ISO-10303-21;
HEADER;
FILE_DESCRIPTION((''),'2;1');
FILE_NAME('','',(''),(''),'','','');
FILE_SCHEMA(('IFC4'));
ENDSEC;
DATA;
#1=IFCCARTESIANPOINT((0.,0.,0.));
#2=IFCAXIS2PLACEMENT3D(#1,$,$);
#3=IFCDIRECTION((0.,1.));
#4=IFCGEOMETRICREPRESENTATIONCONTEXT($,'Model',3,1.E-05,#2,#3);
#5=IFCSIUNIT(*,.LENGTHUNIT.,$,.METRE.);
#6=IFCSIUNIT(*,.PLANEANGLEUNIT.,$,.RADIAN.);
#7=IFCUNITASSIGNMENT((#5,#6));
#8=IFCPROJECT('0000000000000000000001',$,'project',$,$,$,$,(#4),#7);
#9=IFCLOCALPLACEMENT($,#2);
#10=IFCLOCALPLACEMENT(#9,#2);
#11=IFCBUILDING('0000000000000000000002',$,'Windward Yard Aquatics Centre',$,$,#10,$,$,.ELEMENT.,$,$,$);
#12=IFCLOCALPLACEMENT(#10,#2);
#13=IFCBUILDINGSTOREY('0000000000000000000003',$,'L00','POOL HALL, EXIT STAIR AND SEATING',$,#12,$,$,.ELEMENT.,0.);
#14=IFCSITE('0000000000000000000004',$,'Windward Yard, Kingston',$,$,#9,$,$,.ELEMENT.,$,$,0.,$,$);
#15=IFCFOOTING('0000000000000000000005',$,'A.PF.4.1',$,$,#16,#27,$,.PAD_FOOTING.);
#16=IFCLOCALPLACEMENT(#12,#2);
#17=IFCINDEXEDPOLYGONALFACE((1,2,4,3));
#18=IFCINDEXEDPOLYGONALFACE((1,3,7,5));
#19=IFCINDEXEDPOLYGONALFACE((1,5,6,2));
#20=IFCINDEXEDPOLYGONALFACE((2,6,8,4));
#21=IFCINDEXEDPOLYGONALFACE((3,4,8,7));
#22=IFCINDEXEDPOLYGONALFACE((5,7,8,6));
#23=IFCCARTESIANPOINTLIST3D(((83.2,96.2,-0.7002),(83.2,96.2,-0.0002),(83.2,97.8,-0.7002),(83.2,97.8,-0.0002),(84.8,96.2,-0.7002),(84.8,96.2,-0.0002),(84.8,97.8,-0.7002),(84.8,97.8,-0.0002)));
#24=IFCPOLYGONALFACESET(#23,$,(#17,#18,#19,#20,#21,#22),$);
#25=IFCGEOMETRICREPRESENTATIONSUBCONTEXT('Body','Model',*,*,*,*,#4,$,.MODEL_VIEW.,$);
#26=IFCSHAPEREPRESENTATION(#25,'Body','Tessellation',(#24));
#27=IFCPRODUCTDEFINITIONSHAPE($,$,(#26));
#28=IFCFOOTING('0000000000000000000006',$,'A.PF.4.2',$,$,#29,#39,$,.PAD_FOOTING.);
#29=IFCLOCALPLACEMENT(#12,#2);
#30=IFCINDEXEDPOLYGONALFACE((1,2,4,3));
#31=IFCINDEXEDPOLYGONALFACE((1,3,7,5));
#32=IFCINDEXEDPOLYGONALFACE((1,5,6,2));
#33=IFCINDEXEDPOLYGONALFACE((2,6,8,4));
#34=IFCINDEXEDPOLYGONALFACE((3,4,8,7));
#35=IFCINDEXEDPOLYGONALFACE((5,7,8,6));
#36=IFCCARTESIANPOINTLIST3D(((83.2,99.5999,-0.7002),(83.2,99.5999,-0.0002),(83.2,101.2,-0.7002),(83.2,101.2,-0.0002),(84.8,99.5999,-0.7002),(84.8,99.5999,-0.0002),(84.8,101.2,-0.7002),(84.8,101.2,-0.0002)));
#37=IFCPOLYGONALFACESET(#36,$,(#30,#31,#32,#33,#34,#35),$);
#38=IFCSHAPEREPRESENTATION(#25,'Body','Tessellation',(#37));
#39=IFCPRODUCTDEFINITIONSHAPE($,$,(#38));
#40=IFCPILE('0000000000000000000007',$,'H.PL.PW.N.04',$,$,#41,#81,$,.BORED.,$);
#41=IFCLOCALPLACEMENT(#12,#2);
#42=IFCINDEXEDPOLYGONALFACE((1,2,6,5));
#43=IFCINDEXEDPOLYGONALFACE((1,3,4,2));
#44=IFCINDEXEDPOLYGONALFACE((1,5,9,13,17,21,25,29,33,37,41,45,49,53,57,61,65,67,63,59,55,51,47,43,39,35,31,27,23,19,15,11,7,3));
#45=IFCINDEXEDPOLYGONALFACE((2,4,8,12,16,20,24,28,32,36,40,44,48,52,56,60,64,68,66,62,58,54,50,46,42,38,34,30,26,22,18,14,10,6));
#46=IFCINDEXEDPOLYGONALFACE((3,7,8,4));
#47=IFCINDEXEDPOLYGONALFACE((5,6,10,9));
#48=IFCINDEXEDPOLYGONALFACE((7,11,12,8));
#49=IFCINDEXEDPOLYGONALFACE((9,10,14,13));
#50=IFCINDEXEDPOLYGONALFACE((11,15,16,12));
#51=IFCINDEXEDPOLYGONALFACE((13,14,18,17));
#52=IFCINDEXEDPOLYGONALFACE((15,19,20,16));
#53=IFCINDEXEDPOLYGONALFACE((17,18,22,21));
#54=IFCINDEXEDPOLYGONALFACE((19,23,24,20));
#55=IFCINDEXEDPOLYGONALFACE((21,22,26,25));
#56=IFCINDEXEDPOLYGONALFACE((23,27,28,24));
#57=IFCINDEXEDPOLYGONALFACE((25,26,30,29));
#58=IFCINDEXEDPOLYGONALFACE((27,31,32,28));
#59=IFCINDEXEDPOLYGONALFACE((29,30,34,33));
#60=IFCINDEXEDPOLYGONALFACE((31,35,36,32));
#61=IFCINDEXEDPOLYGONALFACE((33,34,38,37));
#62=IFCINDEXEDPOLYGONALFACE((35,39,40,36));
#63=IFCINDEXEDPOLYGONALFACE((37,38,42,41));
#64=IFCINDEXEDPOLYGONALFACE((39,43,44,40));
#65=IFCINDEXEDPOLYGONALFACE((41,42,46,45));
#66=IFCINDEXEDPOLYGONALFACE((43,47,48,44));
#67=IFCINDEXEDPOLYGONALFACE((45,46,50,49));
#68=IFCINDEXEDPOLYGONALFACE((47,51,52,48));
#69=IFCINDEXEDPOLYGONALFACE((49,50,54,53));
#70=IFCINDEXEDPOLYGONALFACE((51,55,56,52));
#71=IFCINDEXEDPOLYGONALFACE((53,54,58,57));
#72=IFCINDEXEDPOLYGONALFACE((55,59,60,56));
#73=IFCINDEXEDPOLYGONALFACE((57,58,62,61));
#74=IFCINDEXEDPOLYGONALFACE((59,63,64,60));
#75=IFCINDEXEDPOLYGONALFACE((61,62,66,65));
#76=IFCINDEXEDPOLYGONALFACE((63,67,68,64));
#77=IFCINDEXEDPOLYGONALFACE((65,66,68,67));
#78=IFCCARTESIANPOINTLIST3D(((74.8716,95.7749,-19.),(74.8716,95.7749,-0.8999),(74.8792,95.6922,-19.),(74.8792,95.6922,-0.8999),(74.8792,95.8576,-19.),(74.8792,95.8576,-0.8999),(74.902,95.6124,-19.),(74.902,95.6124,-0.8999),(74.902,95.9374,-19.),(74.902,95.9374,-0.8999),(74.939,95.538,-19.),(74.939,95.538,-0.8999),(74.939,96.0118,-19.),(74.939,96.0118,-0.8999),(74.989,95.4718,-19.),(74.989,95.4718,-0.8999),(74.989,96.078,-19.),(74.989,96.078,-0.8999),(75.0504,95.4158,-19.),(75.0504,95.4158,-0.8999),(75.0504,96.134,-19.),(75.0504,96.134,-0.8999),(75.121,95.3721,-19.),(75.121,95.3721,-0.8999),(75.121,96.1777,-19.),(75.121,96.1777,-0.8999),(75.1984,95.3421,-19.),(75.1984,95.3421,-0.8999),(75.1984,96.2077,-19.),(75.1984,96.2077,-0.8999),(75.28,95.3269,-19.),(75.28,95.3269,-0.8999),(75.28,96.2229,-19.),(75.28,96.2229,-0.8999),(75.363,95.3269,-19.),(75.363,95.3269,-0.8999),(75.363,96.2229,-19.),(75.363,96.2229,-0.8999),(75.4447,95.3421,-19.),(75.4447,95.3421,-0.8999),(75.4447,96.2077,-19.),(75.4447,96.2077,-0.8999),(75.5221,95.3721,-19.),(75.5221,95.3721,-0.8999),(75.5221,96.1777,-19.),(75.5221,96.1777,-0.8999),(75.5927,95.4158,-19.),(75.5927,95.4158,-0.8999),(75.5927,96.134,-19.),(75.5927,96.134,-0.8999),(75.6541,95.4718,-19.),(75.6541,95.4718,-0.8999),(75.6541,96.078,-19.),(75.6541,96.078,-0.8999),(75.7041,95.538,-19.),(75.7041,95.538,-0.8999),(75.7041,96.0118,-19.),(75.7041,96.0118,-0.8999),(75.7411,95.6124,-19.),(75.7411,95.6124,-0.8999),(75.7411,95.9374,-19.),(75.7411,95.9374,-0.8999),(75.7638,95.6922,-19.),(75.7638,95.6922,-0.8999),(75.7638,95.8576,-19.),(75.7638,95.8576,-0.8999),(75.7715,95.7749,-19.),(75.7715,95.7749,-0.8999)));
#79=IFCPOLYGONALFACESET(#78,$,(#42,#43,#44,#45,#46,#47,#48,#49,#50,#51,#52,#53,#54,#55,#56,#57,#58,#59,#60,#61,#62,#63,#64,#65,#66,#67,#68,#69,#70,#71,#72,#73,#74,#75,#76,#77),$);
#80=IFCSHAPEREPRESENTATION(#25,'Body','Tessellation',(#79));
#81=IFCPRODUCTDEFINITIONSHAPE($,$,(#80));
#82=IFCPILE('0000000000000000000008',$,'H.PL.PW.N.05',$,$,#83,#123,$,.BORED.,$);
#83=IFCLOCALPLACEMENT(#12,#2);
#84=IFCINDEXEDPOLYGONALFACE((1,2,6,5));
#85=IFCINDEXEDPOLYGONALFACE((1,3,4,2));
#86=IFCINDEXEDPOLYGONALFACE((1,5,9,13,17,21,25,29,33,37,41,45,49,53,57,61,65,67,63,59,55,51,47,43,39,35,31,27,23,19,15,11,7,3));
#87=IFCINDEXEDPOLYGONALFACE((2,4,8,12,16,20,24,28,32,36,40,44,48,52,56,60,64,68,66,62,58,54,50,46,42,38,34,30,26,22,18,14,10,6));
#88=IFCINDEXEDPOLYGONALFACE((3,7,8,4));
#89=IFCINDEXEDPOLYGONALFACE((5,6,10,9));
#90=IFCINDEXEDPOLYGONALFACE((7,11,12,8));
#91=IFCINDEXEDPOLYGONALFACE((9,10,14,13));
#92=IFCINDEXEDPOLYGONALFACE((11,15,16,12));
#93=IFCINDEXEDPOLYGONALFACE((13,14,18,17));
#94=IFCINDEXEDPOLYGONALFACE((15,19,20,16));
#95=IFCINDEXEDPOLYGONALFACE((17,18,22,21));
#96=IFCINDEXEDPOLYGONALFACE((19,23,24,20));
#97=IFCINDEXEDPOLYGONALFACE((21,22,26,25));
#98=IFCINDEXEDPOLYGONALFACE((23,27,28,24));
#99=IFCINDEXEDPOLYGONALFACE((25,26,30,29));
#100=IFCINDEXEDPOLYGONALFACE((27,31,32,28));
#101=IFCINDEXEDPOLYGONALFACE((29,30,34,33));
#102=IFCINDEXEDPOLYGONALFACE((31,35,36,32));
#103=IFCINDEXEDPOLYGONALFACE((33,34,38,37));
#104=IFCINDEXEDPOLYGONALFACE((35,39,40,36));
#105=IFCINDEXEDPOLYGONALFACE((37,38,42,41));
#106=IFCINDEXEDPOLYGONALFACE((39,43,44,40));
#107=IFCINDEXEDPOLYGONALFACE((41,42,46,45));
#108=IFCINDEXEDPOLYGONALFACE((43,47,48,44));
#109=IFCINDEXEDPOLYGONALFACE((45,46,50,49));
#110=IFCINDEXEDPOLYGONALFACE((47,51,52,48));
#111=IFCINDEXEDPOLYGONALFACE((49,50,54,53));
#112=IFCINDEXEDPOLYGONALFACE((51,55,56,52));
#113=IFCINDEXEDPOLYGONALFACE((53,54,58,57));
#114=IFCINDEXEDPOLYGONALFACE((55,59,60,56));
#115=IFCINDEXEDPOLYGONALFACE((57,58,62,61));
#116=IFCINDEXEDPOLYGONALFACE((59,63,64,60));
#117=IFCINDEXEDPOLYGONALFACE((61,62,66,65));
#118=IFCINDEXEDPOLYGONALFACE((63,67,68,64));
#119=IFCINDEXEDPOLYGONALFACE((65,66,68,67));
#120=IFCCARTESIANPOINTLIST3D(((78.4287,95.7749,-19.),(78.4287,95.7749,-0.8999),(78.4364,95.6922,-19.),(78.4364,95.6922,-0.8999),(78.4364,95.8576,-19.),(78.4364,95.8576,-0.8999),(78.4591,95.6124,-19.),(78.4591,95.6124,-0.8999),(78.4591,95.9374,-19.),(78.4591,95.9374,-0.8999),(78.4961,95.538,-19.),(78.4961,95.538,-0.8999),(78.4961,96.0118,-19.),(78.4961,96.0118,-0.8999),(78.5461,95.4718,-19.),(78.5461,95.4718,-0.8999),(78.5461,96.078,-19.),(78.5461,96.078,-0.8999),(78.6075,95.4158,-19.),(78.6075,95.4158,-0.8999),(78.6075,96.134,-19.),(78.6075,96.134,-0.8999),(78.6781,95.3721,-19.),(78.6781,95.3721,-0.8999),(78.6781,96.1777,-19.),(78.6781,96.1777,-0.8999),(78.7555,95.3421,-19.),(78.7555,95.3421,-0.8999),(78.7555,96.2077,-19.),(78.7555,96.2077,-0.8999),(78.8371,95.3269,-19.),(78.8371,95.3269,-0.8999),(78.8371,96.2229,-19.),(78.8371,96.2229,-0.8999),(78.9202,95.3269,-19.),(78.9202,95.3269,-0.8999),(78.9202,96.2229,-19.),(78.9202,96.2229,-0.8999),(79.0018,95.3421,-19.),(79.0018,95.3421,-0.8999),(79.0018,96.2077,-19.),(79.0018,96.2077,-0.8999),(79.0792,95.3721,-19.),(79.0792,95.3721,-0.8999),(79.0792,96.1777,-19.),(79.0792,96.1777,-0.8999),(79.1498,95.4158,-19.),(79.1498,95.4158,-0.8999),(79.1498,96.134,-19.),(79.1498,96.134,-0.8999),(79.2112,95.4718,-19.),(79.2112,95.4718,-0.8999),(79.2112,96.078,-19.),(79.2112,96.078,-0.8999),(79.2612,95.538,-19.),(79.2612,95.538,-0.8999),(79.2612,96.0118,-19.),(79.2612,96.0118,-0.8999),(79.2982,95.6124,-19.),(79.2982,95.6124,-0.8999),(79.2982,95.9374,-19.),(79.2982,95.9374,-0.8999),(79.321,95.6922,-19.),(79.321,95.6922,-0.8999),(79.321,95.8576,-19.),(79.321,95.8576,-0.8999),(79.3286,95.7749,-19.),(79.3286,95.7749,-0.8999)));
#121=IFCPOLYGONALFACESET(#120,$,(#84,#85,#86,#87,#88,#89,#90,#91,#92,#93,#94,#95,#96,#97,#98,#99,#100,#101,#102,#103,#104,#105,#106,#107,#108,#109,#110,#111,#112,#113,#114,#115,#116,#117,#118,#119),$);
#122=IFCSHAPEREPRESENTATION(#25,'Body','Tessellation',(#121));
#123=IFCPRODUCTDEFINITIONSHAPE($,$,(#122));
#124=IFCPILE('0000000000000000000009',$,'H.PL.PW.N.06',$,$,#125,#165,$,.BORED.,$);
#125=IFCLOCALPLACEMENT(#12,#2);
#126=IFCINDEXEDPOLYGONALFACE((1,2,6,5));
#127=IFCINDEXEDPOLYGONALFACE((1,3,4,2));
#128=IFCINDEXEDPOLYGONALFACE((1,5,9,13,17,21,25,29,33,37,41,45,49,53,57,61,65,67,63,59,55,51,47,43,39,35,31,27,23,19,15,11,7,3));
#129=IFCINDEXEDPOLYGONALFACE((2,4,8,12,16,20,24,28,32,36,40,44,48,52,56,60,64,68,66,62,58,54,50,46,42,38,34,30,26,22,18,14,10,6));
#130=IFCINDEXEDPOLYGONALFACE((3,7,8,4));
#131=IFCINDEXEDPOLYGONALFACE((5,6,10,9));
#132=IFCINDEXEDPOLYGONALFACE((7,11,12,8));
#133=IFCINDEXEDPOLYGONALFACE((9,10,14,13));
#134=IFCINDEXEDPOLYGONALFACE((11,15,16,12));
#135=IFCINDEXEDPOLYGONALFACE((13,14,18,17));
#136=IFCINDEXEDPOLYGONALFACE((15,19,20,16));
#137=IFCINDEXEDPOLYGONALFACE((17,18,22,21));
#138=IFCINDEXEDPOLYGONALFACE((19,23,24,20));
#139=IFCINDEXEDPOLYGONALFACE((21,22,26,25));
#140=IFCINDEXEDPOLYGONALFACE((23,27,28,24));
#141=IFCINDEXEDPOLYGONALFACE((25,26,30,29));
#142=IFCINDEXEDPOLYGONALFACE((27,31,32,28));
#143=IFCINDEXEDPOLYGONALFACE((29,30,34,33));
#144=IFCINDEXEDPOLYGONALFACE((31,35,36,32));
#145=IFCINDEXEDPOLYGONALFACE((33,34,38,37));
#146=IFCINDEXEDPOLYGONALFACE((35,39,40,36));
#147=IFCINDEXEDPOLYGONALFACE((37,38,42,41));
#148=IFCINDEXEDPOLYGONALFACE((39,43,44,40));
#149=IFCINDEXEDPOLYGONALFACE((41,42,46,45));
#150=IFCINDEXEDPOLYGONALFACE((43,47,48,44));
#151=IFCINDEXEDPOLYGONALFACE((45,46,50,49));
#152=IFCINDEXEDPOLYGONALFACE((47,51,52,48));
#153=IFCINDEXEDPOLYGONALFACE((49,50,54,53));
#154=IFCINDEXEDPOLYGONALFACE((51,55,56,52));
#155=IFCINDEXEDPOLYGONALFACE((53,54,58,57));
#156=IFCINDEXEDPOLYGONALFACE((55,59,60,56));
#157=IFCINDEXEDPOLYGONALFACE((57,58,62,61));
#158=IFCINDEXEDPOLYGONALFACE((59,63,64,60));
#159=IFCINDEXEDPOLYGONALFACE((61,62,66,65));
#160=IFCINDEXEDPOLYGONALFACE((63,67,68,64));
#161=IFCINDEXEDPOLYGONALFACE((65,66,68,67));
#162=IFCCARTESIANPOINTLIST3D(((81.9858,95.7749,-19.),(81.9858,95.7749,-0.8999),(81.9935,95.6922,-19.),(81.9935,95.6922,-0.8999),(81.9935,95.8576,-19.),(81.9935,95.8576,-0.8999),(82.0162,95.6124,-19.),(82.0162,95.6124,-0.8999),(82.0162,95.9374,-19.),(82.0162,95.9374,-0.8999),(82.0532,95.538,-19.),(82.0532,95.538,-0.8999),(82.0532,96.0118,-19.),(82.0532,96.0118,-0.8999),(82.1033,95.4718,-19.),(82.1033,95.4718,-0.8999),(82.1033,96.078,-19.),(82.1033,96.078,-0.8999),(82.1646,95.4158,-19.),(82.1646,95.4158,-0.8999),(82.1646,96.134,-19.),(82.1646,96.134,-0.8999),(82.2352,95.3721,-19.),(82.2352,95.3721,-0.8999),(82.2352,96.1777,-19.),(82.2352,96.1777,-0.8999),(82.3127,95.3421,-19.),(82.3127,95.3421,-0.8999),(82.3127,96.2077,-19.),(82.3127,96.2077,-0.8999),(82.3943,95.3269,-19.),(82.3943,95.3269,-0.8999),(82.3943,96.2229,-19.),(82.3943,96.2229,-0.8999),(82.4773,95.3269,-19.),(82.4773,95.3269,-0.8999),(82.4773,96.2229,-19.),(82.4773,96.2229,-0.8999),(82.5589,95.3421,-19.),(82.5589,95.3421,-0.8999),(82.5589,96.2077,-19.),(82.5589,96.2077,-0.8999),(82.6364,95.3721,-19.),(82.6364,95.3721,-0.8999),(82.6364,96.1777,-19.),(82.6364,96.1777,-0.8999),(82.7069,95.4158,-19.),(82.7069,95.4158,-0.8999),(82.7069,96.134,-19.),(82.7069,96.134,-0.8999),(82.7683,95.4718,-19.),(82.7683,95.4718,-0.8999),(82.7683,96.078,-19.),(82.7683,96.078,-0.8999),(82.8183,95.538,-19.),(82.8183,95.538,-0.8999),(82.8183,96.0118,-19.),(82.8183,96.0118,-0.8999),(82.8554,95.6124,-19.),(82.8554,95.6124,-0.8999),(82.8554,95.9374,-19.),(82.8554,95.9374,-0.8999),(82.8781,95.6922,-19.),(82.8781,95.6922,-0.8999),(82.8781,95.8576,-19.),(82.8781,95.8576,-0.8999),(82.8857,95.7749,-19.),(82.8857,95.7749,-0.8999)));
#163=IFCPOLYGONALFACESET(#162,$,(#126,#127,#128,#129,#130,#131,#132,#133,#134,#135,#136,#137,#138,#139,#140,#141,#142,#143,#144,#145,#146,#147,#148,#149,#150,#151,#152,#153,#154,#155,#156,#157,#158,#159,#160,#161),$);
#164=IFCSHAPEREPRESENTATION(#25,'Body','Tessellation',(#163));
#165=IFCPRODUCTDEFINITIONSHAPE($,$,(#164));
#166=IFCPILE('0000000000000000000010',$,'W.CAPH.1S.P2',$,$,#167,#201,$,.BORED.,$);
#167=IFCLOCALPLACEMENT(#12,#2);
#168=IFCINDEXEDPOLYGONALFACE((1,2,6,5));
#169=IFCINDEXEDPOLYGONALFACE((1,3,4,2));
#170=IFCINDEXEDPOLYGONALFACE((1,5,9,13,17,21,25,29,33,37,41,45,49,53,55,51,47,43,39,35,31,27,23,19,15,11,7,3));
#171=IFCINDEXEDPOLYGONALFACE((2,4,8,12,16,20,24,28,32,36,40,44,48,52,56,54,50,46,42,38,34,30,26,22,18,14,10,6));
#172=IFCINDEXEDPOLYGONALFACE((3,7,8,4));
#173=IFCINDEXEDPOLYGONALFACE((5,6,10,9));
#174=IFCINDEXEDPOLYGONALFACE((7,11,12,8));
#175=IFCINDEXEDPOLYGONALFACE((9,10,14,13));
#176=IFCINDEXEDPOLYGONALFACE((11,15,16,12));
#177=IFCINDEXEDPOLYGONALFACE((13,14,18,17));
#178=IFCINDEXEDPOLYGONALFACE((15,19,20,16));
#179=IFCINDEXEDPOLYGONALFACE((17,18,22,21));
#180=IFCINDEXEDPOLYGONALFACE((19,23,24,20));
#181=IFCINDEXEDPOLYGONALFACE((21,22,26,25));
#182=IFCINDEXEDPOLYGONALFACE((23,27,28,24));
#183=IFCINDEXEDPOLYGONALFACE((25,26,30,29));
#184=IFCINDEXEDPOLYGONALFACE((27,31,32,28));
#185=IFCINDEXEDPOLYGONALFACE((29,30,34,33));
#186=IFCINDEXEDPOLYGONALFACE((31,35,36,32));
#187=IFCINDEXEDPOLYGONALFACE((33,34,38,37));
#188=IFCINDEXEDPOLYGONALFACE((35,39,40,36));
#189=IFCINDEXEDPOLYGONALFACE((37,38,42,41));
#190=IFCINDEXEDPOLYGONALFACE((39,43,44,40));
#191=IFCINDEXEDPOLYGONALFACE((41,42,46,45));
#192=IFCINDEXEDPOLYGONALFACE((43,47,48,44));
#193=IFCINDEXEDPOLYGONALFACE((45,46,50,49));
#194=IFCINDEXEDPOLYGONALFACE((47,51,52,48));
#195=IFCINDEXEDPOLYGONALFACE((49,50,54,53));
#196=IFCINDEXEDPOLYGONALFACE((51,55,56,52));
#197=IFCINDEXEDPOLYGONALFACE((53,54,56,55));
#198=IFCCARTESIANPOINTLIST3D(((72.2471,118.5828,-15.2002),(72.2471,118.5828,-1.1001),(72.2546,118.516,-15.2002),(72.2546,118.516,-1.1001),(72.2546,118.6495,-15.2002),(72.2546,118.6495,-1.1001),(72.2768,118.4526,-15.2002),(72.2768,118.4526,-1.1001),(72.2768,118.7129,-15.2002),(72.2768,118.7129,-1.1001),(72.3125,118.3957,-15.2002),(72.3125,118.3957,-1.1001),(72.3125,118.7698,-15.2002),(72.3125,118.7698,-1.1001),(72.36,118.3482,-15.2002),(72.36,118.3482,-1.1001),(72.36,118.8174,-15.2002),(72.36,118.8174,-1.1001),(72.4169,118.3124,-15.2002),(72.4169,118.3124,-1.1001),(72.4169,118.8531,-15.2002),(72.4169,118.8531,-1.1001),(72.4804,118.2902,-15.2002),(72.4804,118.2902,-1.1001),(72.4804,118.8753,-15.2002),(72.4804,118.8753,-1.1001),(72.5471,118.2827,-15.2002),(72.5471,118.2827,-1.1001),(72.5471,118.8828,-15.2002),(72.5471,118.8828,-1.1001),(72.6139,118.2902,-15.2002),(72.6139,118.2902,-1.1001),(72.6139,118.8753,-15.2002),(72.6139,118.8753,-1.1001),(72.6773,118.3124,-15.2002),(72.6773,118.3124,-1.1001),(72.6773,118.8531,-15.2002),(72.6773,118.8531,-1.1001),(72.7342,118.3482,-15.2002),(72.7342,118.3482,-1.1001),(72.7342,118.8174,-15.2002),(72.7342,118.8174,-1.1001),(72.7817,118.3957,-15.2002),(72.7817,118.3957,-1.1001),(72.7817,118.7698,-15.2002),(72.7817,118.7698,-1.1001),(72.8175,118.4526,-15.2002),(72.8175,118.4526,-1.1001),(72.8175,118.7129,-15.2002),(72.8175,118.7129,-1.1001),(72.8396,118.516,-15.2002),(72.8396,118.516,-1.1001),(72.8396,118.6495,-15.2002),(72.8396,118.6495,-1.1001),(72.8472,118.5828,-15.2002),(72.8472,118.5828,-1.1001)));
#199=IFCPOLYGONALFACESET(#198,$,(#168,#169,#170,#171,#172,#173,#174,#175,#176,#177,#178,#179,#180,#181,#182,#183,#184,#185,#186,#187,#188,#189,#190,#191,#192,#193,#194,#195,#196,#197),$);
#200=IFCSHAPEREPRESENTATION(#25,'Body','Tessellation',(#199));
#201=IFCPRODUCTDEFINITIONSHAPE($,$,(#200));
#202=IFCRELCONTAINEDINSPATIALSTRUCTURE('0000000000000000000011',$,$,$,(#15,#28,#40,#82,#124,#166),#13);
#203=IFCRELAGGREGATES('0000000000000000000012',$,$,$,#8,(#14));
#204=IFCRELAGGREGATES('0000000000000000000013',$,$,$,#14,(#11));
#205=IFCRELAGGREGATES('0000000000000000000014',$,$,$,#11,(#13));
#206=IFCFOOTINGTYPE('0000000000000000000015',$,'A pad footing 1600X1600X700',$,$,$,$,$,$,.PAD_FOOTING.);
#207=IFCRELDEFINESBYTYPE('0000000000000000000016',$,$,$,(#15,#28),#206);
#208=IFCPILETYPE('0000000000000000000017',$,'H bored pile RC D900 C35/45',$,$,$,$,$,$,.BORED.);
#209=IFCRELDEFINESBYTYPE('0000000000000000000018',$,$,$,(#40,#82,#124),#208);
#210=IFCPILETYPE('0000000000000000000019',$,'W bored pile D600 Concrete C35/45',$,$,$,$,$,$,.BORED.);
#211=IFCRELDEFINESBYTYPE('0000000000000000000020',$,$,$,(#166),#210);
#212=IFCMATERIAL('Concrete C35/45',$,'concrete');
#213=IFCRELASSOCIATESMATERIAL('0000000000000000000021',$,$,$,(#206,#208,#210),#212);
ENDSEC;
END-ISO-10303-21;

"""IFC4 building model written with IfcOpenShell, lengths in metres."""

from ifc_helpers import new_model, si_unit, direction, frame, origin, origin_2d, place, context, subcontext, project, spatial, rectangle, circle, extrude, material, material_profile, profile_set, type_object, element, save


model = new_model("IFC4")

# Units and contexts
model_context = context("Model", 3, precision=1e-05, world=origin(), true_north=direction((0.0, 1.0)))
body_context = subcontext(model_context, "Body", "Model", "MODEL_VIEW")
ifc_project = project(units=[si_unit("LENGTHUNIT", "METRE"), si_unit("PLANEANGLEUNIT", "RADIAN")], contexts=[model_context])

# Site, building, storey
site_placement = place(None, origin())
site = spatial("IfcSite", under=ifc_project, at=site_placement, Name="Windward Yard, Kingston", CompositionType="ELEMENT", RefElevation=0.0)
building_placement = place(site_placement, origin())
building = spatial("IfcBuilding", under=site, at=building_placement, Name="Windward Yard Aquatics Centre", CompositionType="ELEMENT")
storey_placement = place(building_placement, origin())
storey = spatial("IfcBuildingStorey", under=building, at=storey_placement, Name="L00", Description="POOL HALL, EXIT STAIR AND SEATING", CompositionType="ELEMENT", Elevation=0.0)

# Footings
ifc_material_1 = material(Name="Concrete C35/45", Category="concrete")
footing_type_1 = type_object("IfcFootingType", Name="A pad footing 1600X1600X700", PredefinedType="PAD_FOOTING", material=ifc_material_1)
for number, where, z_axis, x_axis, name in (
    (1, (84.0, 97.0, -0.7002), (0.0, 0.0, 1.0), (1.0, 0.0, 0.0), "A.PF.4.1"),
    (2, (84.0, 100.3999, -0.7002), (0.0, 0.0, 1.0), (1.0, 0.0, 0.0), "A.PF.4.2"),
):
    element("IfcFooting", number, at=place(storey_placement, frame(where, z_axis=z_axis, x_axis=x_axis)), inside=storey, type_object=footing_type_1, Name=name, PredefinedType="PAD_FOOTING", context=body_context, shape_type="SweptSolid", body=[
        extrude(rectangle(XDim=1.6001, YDim=1.6001, at=origin_2d()), origin(), (0.0, 0.0, 1.0), 0.7),
    ])

# Piles
ifc_material_profile_1 = material_profile(ifc_material_1, circle(Radius=0.45, at=origin_2d()), Name="RC D900")
ifc_profile_set_1 = profile_set([ifc_material_profile_1], Name="Concrete C35/45")
pile_type_1 = type_object("IfcPileType", Name="H bored pile RC D900 C35/45", PredefinedType="BORED", material=ifc_profile_set_1)
for number, where, z_axis, x_axis, name in (
    (3, (75.3215, 95.7749, -0.8999), (0.0, 0.0, -1.0), (1.0, 0.0, 0.0), "H.PL.PW.N.04"),
    (4, (78.8787, 95.7749, -0.8999), (0.0, 0.0, -1.0), (1.0, 0.0, 0.0), "H.PL.PW.N.05"),
    (5, (82.4358, 95.7749, -0.8999), (0.0, 0.0, -1.0), (1.0, 0.0, 0.0), "H.PL.PW.N.06"),
):
    element("IfcPile", number, at=place(storey_placement, frame(where, z_axis=z_axis, x_axis=x_axis)), inside=storey, type_object=pile_type_1, Name=name, PredefinedType="BORED", context=body_context, shape_type="SweptSolid", body=[
        extrude(circle(Radius=0.45, at=origin_2d()), origin(), (0.0, 0.0, 1.0), 18.1001),
    ])
ifc_material_profile_2 = material_profile(ifc_material_1, circle(Radius=0.3, at=origin_2d()), Name="D600")
ifc_profile_set_2 = profile_set([ifc_material_profile_2], Name="Concrete C35/45")
pile_type_2 = type_object("IfcPileType", Name="W bored pile D600 Concrete C35/45", PredefinedType="BORED", material=ifc_profile_set_2)
for number, where, z_axis, x_axis, name in (
    (6, (72.5471, 118.5828, -1.1001), (0.0, 0.0, -1.0), (1.0, 0.0, 0.0), "W.CAPH.1S.P2"),
):
    element("IfcPile", number, at=place(storey_placement, frame(where, z_axis=z_axis, x_axis=x_axis)), inside=storey, type_object=pile_type_2, Name=name, PredefinedType="BORED", context=body_context, shape_type="SweptSolid", body=[
        extrude(circle(Radius=0.3, at=origin_2d()), origin(), (0.0, 0.0, 1.0), 14.1001),
    ])

save(model, "model.ifc")
